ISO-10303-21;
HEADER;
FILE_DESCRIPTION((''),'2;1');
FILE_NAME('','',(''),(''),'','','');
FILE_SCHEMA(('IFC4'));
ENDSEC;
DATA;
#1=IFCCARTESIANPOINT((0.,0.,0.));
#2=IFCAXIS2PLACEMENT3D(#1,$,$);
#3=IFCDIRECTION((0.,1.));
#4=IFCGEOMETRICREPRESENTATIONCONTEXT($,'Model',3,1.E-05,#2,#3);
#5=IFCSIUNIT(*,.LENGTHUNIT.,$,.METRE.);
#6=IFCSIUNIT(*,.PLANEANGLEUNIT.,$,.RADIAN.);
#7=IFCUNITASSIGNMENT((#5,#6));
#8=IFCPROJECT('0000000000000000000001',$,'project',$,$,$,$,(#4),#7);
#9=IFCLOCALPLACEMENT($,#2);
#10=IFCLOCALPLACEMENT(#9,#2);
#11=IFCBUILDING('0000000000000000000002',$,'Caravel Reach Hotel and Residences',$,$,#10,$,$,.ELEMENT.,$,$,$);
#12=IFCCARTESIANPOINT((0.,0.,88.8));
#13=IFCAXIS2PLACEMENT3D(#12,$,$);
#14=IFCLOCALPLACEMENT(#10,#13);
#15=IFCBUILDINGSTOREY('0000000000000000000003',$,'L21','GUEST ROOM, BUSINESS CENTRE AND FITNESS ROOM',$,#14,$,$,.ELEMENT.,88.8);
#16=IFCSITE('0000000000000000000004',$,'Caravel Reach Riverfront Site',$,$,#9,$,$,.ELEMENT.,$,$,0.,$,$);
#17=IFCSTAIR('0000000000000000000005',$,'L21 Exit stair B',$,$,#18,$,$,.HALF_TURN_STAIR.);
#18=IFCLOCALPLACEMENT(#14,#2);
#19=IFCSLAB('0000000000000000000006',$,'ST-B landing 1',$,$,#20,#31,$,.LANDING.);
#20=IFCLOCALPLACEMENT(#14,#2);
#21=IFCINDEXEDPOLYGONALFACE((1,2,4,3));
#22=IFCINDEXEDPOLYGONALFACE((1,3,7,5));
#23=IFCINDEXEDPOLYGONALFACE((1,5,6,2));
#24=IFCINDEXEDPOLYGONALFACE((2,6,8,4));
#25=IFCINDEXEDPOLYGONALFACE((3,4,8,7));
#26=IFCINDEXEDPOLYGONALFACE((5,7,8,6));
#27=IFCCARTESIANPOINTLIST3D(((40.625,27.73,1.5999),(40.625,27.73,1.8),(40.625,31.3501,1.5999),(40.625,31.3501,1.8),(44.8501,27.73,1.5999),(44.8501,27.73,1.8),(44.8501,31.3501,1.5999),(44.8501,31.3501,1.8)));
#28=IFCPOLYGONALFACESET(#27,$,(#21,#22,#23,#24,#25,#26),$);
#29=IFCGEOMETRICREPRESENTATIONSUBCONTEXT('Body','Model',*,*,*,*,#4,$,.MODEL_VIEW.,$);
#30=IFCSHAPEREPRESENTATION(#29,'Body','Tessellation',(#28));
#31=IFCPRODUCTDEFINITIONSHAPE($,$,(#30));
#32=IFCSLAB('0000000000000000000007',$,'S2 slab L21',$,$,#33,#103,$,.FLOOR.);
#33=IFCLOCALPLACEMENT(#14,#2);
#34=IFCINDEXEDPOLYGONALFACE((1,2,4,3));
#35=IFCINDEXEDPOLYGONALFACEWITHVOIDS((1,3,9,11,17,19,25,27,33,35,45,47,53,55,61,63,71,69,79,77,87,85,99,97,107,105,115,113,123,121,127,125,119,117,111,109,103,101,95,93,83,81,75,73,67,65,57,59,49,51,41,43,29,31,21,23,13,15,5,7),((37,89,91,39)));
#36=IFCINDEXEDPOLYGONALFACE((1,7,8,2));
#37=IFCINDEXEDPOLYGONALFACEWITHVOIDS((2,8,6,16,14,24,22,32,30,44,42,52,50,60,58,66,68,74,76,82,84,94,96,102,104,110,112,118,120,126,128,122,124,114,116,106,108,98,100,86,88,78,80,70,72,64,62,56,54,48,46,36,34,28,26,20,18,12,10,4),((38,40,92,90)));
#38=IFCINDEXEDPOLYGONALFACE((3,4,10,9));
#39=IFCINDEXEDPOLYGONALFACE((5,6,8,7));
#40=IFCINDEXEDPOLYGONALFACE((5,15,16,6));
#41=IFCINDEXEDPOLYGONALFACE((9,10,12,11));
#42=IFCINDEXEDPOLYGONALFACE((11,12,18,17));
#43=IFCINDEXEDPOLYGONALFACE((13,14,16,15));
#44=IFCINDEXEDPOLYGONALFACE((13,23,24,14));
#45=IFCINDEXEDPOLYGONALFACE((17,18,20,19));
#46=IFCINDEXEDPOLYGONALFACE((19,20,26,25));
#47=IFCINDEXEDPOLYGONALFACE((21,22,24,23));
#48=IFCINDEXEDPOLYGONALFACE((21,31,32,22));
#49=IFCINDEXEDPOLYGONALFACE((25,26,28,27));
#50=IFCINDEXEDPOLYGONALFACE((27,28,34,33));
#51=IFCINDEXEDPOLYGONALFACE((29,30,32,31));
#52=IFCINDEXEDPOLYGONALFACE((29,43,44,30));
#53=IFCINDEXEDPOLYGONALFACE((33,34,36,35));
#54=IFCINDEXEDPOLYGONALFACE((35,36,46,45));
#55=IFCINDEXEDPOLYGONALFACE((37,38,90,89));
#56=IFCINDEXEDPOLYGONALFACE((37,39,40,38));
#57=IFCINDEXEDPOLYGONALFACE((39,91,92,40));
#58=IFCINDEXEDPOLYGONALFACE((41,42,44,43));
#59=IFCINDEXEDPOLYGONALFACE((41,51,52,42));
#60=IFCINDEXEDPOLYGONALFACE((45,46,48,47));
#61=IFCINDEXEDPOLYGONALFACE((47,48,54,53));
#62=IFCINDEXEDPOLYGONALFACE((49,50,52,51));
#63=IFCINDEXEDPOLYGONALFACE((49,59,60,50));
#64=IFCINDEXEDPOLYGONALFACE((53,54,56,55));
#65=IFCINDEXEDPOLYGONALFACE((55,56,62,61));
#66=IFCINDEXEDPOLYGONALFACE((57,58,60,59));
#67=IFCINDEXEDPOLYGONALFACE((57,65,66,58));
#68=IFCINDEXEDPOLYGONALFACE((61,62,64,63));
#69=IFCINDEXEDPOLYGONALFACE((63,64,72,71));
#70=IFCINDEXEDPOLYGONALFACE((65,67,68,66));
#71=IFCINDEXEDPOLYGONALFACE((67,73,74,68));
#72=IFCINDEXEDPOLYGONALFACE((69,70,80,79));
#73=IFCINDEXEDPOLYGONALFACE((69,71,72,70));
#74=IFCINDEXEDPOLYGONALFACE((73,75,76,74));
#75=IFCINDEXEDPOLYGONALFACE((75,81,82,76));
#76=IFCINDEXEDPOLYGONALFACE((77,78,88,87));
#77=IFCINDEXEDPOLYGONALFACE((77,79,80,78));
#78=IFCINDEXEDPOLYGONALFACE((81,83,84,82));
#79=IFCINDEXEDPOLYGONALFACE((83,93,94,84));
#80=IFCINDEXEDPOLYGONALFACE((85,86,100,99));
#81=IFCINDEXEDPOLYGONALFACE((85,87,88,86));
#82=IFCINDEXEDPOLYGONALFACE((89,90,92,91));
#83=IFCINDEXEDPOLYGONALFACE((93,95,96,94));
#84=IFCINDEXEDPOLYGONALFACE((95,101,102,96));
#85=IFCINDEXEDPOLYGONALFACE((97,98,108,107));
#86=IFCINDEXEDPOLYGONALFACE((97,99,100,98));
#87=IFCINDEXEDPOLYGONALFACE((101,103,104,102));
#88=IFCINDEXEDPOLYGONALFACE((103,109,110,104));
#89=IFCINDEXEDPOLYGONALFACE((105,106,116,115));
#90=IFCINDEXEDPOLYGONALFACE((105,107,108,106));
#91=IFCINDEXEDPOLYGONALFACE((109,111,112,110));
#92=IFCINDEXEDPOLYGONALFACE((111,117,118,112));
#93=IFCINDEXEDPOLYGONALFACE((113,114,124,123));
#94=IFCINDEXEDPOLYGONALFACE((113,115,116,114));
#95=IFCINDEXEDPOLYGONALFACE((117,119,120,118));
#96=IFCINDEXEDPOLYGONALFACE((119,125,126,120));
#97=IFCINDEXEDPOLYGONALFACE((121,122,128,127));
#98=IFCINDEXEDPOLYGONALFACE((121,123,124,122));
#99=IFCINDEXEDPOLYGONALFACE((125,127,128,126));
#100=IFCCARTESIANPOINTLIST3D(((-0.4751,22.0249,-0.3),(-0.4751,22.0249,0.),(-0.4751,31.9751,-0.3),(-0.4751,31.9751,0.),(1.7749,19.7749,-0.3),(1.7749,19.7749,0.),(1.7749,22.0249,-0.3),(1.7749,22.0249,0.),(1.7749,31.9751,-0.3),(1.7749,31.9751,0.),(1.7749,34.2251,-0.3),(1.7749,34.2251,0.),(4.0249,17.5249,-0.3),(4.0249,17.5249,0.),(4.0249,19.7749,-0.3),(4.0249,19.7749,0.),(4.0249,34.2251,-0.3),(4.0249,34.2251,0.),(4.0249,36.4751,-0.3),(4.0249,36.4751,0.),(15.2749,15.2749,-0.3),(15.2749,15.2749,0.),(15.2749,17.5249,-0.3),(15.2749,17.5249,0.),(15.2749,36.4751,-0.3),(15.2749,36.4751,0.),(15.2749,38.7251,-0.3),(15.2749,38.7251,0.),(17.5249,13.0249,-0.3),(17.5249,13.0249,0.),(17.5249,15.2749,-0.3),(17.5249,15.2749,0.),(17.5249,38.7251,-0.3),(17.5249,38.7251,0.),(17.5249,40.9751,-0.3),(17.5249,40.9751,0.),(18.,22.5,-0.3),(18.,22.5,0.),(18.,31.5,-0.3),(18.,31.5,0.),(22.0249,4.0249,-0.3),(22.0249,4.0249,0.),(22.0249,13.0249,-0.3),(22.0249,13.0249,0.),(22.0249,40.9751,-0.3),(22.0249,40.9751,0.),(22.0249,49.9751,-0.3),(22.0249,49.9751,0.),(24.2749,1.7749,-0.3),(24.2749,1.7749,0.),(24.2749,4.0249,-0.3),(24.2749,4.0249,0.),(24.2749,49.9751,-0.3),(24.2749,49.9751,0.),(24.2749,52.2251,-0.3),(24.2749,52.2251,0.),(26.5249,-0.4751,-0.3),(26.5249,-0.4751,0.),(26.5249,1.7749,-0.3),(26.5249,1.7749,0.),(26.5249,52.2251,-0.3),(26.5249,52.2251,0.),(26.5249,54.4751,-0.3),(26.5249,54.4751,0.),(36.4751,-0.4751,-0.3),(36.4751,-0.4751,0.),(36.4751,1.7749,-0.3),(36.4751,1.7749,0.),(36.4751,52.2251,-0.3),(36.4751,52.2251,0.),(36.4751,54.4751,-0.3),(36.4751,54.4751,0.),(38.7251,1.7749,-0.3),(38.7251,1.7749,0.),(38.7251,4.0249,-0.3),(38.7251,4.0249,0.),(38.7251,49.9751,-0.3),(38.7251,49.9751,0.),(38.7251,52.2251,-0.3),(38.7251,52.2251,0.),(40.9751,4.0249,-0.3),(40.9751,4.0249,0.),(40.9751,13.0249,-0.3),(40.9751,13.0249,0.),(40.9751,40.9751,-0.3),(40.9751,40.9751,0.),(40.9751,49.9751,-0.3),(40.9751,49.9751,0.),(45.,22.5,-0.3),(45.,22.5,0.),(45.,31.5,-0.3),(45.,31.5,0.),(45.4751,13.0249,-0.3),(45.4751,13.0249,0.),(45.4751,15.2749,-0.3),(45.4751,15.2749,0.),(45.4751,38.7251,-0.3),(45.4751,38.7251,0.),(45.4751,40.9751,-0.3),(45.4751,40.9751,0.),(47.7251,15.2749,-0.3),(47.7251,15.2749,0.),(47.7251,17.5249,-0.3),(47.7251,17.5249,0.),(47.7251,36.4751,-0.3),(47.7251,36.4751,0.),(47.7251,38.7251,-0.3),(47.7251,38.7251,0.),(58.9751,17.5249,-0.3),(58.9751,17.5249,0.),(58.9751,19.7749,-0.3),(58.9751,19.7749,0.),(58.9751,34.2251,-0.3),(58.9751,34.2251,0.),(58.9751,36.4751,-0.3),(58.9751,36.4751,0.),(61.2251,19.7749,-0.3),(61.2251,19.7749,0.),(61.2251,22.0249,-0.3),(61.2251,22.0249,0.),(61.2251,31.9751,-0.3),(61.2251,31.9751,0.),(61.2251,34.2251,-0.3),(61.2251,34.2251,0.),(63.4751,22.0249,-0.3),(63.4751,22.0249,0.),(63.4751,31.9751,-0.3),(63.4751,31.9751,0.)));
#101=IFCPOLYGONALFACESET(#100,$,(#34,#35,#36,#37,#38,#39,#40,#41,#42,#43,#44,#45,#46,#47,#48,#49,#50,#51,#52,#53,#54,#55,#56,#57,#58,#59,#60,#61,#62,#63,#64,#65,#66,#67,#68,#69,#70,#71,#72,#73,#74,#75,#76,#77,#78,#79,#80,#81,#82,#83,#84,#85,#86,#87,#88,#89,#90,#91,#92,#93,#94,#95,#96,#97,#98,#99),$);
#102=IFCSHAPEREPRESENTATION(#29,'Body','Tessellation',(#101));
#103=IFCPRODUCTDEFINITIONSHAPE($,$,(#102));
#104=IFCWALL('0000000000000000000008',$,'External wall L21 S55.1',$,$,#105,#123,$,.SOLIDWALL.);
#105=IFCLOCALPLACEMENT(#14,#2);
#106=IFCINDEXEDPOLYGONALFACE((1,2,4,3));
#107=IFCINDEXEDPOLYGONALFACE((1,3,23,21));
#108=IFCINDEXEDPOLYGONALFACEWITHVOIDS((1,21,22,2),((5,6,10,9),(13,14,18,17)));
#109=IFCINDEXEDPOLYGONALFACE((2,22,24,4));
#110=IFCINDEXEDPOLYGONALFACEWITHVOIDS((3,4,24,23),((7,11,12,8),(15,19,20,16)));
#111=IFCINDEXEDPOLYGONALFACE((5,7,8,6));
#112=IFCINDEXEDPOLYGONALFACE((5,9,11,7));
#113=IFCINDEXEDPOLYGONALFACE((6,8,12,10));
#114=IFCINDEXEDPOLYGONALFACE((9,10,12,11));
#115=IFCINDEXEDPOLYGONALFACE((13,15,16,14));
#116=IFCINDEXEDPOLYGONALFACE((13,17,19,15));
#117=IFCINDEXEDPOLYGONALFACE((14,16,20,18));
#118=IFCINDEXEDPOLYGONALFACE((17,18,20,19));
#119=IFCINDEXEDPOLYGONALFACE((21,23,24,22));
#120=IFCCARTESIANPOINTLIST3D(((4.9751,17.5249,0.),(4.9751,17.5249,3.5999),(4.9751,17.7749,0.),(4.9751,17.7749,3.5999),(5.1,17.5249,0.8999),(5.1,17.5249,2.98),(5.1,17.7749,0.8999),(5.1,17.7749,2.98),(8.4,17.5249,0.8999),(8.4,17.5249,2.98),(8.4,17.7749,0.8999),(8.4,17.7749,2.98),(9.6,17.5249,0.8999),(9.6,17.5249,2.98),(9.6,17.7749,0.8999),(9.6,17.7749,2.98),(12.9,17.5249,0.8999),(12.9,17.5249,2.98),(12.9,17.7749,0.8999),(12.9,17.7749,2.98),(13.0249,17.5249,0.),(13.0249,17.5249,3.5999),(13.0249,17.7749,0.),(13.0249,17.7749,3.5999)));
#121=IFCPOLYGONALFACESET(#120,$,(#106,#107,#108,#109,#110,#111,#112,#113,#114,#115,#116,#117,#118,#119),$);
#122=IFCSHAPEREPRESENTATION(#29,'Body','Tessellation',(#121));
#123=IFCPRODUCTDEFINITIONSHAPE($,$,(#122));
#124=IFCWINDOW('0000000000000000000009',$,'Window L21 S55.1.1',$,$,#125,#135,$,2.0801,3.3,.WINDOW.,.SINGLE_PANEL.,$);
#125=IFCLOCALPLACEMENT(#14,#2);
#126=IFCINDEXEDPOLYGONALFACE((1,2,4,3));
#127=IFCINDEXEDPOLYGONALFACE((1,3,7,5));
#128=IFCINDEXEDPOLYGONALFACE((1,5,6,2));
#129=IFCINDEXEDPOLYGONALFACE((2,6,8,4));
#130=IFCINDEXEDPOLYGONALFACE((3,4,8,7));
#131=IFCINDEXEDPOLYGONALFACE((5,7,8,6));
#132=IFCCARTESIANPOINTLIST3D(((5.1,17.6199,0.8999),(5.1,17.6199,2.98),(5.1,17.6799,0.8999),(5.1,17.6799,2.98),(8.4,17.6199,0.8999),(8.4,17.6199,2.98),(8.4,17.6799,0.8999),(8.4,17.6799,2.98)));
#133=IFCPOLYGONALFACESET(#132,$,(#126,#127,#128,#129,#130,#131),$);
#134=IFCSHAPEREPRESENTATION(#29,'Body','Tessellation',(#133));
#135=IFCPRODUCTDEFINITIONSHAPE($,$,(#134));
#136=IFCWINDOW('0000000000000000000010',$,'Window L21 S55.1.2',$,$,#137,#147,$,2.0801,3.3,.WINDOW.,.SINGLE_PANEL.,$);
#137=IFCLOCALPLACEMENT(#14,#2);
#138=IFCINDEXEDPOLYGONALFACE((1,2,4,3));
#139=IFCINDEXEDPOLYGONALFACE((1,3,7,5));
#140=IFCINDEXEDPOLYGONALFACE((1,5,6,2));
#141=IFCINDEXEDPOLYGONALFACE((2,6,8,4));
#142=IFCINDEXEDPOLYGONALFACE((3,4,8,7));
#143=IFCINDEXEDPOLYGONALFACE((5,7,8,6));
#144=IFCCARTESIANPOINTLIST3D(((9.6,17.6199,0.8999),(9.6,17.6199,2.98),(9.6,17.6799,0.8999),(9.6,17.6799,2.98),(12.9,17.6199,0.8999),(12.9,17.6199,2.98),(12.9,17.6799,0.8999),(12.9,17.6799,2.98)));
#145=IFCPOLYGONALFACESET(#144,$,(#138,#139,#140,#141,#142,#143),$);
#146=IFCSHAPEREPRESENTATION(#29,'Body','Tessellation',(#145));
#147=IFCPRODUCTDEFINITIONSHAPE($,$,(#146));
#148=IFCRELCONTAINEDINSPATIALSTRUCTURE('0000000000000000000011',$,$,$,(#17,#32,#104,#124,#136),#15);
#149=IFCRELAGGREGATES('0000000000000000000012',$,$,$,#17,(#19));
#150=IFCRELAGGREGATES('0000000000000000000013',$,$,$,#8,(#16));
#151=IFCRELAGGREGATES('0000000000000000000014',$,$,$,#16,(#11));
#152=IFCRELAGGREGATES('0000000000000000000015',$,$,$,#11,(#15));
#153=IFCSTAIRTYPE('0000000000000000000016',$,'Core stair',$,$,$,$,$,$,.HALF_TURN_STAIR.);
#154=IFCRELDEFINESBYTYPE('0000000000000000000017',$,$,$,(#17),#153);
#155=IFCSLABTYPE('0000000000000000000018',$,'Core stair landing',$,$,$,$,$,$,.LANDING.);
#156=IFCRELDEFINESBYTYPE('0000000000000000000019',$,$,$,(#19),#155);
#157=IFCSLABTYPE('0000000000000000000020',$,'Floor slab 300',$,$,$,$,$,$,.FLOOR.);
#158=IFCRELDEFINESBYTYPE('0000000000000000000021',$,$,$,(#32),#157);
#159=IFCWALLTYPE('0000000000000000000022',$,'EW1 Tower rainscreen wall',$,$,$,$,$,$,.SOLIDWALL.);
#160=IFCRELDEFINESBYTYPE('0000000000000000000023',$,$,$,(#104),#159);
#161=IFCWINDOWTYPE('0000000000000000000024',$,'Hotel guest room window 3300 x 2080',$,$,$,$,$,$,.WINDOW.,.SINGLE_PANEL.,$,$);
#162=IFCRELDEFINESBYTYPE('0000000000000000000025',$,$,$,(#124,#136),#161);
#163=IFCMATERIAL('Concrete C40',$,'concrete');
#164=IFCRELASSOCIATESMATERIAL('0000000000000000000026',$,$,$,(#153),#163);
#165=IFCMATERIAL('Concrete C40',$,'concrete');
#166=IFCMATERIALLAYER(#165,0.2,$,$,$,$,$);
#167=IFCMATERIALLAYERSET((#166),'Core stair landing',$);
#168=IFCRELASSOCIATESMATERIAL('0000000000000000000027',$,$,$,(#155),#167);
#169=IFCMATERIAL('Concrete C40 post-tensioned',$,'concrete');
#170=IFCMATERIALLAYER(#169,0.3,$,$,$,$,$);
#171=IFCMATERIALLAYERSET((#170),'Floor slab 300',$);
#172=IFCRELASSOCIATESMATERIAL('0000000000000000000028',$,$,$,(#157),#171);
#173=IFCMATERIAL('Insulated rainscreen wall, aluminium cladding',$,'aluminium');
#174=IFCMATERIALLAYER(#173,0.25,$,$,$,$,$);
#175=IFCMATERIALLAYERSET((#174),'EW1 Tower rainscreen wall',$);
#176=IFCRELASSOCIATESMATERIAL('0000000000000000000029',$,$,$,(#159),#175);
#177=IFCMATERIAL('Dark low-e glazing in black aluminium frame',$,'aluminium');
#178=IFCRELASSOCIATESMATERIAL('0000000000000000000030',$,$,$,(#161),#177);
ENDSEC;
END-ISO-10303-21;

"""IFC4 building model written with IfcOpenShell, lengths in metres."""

from ifc_helpers import new_model, si_unit, direction, frame, frame_2d, origin, place, context, subcontext, project, spatial, polyline, rectangle, outline, extrude, material, layer, layer_set, type_object, element, fill, aggregate, save


model = new_model("IFC4")

# Units and contexts
model_context = context("Model", 3, precision=1e-05, world=origin(), true_north=direction((0.0, 1.0)))
body_context = subcontext(model_context, "Body", "Model", "MODEL_VIEW")
ifc_project = project(units=[si_unit("LENGTHUNIT", "METRE"), si_unit("PLANEANGLEUNIT", "RADIAN")], contexts=[model_context])

# Site, building, storey
site_placement = place(None, origin())
site = spatial("IfcSite", under=ifc_project, at=site_placement, Name="Caravel Reach Riverfront Site", CompositionType="ELEMENT", RefElevation=0.0)
building_placement = place(site_placement, origin())
building = spatial("IfcBuilding", under=site, at=building_placement, Name="Caravel Reach Hotel and Residences", CompositionType="ELEMENT")
storey_placement = place(building_placement, frame((0.0, 0.0, 88.8)))
storey = spatial("IfcBuildingStorey", under=building, at=storey_placement, Name="L21", Description="GUEST ROOM, BUSINESS CENTRE AND FITNESS ROOM", CompositionType="ELEMENT", Elevation=88.8)

# Stair, slab
ifc_material_1 = material(Name="Concrete C40", Category="concrete")
stair_type = type_object("IfcStairType", Name="Core stair", PredefinedType="HALF_TURN_STAIR", material=ifc_material_1)
ifc_material_2 = material(Name="Concrete C40", Category="concrete")
ifc_layer_1 = layer(ifc_material_2, 0.2)
ifc_layer_set_1 = layer_set([ifc_layer_1], Name="Core stair landing")
slab_type_1 = type_object("IfcSlabType", Name="Core stair landing", PredefinedType="LANDING", material=ifc_layer_set_1)
stair_1_placement = place(storey_placement, origin())
stair_1 = element("IfcStair", 1, at=stair_1_placement, inside=storey, type_object=stair_type, Name="L21 Exit stair B", PredefinedType="HALF_TURN_STAIR")
slab_1_placement = place(storey_placement, frame((0.0, 0.0, 1.5999)))
slab_1 = element("IfcSlab", 2, at=slab_1_placement, type_object=slab_type_1, Name="ST-B landing 1", PredefinedType="LANDING", context=body_context, shape_type="SweptSolid", body=[
    extrude(outline(polyline([(44.8501, 27.73), (44.8501, 31.3501), (40.625, 31.3501), (40.625, 27.73), (44.8501, 27.73)])), origin(), (0.0, 0.0, 1.0), 0.2002),
])
aggregate(stair_1, [slab_1])

# Slab
ifc_material_3 = material(Name="Concrete C40 post-tensioned", Category="concrete")
ifc_layer_2 = layer(ifc_material_3, 0.3)
ifc_layer_set_2 = layer_set([ifc_layer_2], Name="Floor slab 300")
slab_type_2 = type_object("IfcSlabType", Name="Floor slab 300", PredefinedType="FLOOR", material=ifc_layer_set_2)
slab_2_placement = place(storey_placement, frame((0.0, 0.0, -0.3)))
element("IfcSlab", 3, at=slab_2_placement, inside=storey, type_object=slab_type_2, Name="S2 slab L21", PredefinedType="FLOOR", context=body_context, shape_type="SweptSolid", body=[
    extrude(outline(polyline([(17.5249, 13.0249), (17.5249, 15.2749), (15.2749, 15.2749), (15.2749, 17.5249), (4.0249, 17.5249), (4.0249, 19.7749), (1.7749, 19.7749), (1.7749, 22.0249), (-0.4751, 22.0249), (-0.4751, 31.9751), (1.7749, 31.9751), (1.7749, 34.2251), (4.0249, 34.2251), (4.0249, 36.4751), (15.2749, 36.4751), (15.2749, 38.7251), (17.5249, 38.7251), (17.5249, 40.9751), (22.0249, 40.9751), (22.0249, 49.9751), (24.2749, 49.9751), (24.2749, 52.2251), (26.5249, 52.2251), (26.5249, 54.4751), (36.4751, 54.4751), (36.4751, 52.2251), (38.7251, 52.2251), (38.7251, 49.9751), (40.9751, 49.9751), (40.9751, 40.9751), (45.4751, 40.9751), (45.4751, 38.7251), (47.7251, 38.7251), (47.7251, 36.4751), (58.9751, 36.4751), (58.9751, 34.2251), (61.2251, 34.2251), (61.2251, 31.9751), (63.4751, 31.9751), (63.4751, 22.0249), (61.2251, 22.0249), (61.2251, 19.7749), (58.9751, 19.7749), (58.9751, 17.5249), (47.7251, 17.5249), (47.7251, 15.2749), (45.4751, 15.2749), (45.4751, 13.0249), (40.9751, 13.0249), (40.9751, 4.0249), (38.7251, 4.0249), (38.7251, 1.7749), (36.4751, 1.7749), (36.4751, -0.4751), (26.5249, -0.4751), (26.5249, 1.7749), (24.2749, 1.7749), (24.2749, 4.0249), (22.0249, 4.0249), (22.0249, 13.0249), (17.5249, 13.0249)]), holes=[polyline([(45.0, 31.5), (18.0, 31.5), (18.0, 22.5), (45.0, 22.5), (45.0, 31.5)])]), origin(), (0.0, 0.0, 1.0), 0.3),
])

# Wall, openings, windows
ifc_material_4 = material(Name="Insulated rainscreen wall, aluminium cladding", Category="aluminium")
ifc_layer_3 = layer(ifc_material_4, 0.25)
ifc_layer_set_3 = layer_set([ifc_layer_3], Name="EW1 Tower rainscreen wall")
wall_type_1 = type_object("IfcWallType", Name="EW1 Tower rainscreen wall", PredefinedType="SOLIDWALL", material=ifc_layer_set_3)
wall_1_placement = place(storey_placement, frame((4.9751, 17.6499, 0.0), z_axis=(0.0, 0.0, 1.0), x_axis=(1.0, 0.0, 0.0)))
wall_1 = element("IfcWall", 4, at=wall_1_placement, inside=storey, type_object=wall_type_1, Name="External wall L21 S55.1", PredefinedType="SOLIDWALL", context=body_context, shape_type="SweptSolid", body=[
    extrude(rectangle(XDim=8.0498, YDim=0.25, at=frame_2d((4.0249, 0.0))), origin(), (0.0, 0.0, 1.0), 3.5999),
])
opening_1_placement = place(wall_1_placement, frame((0.125, 0.0, 0.8999)))
opening_1 = element("IfcOpeningElement", 5, at=opening_1_placement, cuts=wall_1, PredefinedType="OPENING", context=body_context, shape_type="SweptSolid", body=[
    extrude(rectangle(XDim=3.3, YDim=2.0801, at=frame_2d((1.6499, 1.04))), frame((0.0, 0.135, 0.0), z_axis=(0.0, -1.0, 0.0), x_axis=(1.0, 0.0, 0.0)), (0.0, 0.0, 1.0), 0.27),
])
opening_2_placement = place(wall_1_placement, frame((4.625, 0.0, 0.8999)))
opening_2 = element("IfcOpeningElement", 6, at=opening_2_placement, cuts=wall_1, PredefinedType="OPENING", context=body_context, shape_type="SweptSolid", body=[
    extrude(rectangle(XDim=3.3, YDim=2.0801, at=frame_2d((1.6499, 1.04))), frame((0.0, 0.135, 0.0), z_axis=(0.0, -1.0, 0.0), x_axis=(1.0, 0.0, 0.0)), (0.0, 0.0, 1.0), 0.27),
])
ifc_material_5 = material(Name="Dark low-e glazing in black aluminium frame", Category="aluminium")
window_type_1 = type_object("IfcWindowType", Name="Hotel guest room window 3300 x 2080", PartitioningType="SINGLE_PANEL", PredefinedType="WINDOW", material=ifc_material_5)
window_1_placement = place(opening_1_placement, origin())
window_1 = element("IfcWindow", 7, at=window_1_placement, inside=storey, type_object=window_type_1, Name="Window L21 S55.1.1", OverallHeight=2.0801, OverallWidth=3.3, PartitioningType="SINGLE_PANEL", PredefinedType="WINDOW", context=body_context, shape_type="SweptSolid", body=[
    extrude(rectangle(XDim=3.3, YDim=2.0801, at=frame_2d((1.6499, 1.04))), frame((0.0, 0.03, 0.0), z_axis=(0.0, -1.0, 0.0), x_axis=(1.0, 0.0, 0.0)), (0.0, 0.0, 1.0), 0.0601),
])
fill(opening_1, window_1)
window_2_placement = place(opening_2_placement, origin())
window_2 = element("IfcWindow", 8, at=window_2_placement, inside=storey, type_object=window_type_1, Name="Window L21 S55.1.2", OverallHeight=2.0801, OverallWidth=3.3, PartitioningType="SINGLE_PANEL", PredefinedType="WINDOW", context=body_context, shape_type="SweptSolid", body=[
    extrude(rectangle(XDim=3.3, YDim=2.0801, at=frame_2d((1.6499, 1.04))), frame((0.0, 0.03, 0.0), z_axis=(0.0, -1.0, 0.0), x_axis=(1.0, 0.0, 0.0)), (0.0, 0.0, 1.0), 0.0601),
])
fill(opening_2, window_2)

save(model, "model.ifc")
